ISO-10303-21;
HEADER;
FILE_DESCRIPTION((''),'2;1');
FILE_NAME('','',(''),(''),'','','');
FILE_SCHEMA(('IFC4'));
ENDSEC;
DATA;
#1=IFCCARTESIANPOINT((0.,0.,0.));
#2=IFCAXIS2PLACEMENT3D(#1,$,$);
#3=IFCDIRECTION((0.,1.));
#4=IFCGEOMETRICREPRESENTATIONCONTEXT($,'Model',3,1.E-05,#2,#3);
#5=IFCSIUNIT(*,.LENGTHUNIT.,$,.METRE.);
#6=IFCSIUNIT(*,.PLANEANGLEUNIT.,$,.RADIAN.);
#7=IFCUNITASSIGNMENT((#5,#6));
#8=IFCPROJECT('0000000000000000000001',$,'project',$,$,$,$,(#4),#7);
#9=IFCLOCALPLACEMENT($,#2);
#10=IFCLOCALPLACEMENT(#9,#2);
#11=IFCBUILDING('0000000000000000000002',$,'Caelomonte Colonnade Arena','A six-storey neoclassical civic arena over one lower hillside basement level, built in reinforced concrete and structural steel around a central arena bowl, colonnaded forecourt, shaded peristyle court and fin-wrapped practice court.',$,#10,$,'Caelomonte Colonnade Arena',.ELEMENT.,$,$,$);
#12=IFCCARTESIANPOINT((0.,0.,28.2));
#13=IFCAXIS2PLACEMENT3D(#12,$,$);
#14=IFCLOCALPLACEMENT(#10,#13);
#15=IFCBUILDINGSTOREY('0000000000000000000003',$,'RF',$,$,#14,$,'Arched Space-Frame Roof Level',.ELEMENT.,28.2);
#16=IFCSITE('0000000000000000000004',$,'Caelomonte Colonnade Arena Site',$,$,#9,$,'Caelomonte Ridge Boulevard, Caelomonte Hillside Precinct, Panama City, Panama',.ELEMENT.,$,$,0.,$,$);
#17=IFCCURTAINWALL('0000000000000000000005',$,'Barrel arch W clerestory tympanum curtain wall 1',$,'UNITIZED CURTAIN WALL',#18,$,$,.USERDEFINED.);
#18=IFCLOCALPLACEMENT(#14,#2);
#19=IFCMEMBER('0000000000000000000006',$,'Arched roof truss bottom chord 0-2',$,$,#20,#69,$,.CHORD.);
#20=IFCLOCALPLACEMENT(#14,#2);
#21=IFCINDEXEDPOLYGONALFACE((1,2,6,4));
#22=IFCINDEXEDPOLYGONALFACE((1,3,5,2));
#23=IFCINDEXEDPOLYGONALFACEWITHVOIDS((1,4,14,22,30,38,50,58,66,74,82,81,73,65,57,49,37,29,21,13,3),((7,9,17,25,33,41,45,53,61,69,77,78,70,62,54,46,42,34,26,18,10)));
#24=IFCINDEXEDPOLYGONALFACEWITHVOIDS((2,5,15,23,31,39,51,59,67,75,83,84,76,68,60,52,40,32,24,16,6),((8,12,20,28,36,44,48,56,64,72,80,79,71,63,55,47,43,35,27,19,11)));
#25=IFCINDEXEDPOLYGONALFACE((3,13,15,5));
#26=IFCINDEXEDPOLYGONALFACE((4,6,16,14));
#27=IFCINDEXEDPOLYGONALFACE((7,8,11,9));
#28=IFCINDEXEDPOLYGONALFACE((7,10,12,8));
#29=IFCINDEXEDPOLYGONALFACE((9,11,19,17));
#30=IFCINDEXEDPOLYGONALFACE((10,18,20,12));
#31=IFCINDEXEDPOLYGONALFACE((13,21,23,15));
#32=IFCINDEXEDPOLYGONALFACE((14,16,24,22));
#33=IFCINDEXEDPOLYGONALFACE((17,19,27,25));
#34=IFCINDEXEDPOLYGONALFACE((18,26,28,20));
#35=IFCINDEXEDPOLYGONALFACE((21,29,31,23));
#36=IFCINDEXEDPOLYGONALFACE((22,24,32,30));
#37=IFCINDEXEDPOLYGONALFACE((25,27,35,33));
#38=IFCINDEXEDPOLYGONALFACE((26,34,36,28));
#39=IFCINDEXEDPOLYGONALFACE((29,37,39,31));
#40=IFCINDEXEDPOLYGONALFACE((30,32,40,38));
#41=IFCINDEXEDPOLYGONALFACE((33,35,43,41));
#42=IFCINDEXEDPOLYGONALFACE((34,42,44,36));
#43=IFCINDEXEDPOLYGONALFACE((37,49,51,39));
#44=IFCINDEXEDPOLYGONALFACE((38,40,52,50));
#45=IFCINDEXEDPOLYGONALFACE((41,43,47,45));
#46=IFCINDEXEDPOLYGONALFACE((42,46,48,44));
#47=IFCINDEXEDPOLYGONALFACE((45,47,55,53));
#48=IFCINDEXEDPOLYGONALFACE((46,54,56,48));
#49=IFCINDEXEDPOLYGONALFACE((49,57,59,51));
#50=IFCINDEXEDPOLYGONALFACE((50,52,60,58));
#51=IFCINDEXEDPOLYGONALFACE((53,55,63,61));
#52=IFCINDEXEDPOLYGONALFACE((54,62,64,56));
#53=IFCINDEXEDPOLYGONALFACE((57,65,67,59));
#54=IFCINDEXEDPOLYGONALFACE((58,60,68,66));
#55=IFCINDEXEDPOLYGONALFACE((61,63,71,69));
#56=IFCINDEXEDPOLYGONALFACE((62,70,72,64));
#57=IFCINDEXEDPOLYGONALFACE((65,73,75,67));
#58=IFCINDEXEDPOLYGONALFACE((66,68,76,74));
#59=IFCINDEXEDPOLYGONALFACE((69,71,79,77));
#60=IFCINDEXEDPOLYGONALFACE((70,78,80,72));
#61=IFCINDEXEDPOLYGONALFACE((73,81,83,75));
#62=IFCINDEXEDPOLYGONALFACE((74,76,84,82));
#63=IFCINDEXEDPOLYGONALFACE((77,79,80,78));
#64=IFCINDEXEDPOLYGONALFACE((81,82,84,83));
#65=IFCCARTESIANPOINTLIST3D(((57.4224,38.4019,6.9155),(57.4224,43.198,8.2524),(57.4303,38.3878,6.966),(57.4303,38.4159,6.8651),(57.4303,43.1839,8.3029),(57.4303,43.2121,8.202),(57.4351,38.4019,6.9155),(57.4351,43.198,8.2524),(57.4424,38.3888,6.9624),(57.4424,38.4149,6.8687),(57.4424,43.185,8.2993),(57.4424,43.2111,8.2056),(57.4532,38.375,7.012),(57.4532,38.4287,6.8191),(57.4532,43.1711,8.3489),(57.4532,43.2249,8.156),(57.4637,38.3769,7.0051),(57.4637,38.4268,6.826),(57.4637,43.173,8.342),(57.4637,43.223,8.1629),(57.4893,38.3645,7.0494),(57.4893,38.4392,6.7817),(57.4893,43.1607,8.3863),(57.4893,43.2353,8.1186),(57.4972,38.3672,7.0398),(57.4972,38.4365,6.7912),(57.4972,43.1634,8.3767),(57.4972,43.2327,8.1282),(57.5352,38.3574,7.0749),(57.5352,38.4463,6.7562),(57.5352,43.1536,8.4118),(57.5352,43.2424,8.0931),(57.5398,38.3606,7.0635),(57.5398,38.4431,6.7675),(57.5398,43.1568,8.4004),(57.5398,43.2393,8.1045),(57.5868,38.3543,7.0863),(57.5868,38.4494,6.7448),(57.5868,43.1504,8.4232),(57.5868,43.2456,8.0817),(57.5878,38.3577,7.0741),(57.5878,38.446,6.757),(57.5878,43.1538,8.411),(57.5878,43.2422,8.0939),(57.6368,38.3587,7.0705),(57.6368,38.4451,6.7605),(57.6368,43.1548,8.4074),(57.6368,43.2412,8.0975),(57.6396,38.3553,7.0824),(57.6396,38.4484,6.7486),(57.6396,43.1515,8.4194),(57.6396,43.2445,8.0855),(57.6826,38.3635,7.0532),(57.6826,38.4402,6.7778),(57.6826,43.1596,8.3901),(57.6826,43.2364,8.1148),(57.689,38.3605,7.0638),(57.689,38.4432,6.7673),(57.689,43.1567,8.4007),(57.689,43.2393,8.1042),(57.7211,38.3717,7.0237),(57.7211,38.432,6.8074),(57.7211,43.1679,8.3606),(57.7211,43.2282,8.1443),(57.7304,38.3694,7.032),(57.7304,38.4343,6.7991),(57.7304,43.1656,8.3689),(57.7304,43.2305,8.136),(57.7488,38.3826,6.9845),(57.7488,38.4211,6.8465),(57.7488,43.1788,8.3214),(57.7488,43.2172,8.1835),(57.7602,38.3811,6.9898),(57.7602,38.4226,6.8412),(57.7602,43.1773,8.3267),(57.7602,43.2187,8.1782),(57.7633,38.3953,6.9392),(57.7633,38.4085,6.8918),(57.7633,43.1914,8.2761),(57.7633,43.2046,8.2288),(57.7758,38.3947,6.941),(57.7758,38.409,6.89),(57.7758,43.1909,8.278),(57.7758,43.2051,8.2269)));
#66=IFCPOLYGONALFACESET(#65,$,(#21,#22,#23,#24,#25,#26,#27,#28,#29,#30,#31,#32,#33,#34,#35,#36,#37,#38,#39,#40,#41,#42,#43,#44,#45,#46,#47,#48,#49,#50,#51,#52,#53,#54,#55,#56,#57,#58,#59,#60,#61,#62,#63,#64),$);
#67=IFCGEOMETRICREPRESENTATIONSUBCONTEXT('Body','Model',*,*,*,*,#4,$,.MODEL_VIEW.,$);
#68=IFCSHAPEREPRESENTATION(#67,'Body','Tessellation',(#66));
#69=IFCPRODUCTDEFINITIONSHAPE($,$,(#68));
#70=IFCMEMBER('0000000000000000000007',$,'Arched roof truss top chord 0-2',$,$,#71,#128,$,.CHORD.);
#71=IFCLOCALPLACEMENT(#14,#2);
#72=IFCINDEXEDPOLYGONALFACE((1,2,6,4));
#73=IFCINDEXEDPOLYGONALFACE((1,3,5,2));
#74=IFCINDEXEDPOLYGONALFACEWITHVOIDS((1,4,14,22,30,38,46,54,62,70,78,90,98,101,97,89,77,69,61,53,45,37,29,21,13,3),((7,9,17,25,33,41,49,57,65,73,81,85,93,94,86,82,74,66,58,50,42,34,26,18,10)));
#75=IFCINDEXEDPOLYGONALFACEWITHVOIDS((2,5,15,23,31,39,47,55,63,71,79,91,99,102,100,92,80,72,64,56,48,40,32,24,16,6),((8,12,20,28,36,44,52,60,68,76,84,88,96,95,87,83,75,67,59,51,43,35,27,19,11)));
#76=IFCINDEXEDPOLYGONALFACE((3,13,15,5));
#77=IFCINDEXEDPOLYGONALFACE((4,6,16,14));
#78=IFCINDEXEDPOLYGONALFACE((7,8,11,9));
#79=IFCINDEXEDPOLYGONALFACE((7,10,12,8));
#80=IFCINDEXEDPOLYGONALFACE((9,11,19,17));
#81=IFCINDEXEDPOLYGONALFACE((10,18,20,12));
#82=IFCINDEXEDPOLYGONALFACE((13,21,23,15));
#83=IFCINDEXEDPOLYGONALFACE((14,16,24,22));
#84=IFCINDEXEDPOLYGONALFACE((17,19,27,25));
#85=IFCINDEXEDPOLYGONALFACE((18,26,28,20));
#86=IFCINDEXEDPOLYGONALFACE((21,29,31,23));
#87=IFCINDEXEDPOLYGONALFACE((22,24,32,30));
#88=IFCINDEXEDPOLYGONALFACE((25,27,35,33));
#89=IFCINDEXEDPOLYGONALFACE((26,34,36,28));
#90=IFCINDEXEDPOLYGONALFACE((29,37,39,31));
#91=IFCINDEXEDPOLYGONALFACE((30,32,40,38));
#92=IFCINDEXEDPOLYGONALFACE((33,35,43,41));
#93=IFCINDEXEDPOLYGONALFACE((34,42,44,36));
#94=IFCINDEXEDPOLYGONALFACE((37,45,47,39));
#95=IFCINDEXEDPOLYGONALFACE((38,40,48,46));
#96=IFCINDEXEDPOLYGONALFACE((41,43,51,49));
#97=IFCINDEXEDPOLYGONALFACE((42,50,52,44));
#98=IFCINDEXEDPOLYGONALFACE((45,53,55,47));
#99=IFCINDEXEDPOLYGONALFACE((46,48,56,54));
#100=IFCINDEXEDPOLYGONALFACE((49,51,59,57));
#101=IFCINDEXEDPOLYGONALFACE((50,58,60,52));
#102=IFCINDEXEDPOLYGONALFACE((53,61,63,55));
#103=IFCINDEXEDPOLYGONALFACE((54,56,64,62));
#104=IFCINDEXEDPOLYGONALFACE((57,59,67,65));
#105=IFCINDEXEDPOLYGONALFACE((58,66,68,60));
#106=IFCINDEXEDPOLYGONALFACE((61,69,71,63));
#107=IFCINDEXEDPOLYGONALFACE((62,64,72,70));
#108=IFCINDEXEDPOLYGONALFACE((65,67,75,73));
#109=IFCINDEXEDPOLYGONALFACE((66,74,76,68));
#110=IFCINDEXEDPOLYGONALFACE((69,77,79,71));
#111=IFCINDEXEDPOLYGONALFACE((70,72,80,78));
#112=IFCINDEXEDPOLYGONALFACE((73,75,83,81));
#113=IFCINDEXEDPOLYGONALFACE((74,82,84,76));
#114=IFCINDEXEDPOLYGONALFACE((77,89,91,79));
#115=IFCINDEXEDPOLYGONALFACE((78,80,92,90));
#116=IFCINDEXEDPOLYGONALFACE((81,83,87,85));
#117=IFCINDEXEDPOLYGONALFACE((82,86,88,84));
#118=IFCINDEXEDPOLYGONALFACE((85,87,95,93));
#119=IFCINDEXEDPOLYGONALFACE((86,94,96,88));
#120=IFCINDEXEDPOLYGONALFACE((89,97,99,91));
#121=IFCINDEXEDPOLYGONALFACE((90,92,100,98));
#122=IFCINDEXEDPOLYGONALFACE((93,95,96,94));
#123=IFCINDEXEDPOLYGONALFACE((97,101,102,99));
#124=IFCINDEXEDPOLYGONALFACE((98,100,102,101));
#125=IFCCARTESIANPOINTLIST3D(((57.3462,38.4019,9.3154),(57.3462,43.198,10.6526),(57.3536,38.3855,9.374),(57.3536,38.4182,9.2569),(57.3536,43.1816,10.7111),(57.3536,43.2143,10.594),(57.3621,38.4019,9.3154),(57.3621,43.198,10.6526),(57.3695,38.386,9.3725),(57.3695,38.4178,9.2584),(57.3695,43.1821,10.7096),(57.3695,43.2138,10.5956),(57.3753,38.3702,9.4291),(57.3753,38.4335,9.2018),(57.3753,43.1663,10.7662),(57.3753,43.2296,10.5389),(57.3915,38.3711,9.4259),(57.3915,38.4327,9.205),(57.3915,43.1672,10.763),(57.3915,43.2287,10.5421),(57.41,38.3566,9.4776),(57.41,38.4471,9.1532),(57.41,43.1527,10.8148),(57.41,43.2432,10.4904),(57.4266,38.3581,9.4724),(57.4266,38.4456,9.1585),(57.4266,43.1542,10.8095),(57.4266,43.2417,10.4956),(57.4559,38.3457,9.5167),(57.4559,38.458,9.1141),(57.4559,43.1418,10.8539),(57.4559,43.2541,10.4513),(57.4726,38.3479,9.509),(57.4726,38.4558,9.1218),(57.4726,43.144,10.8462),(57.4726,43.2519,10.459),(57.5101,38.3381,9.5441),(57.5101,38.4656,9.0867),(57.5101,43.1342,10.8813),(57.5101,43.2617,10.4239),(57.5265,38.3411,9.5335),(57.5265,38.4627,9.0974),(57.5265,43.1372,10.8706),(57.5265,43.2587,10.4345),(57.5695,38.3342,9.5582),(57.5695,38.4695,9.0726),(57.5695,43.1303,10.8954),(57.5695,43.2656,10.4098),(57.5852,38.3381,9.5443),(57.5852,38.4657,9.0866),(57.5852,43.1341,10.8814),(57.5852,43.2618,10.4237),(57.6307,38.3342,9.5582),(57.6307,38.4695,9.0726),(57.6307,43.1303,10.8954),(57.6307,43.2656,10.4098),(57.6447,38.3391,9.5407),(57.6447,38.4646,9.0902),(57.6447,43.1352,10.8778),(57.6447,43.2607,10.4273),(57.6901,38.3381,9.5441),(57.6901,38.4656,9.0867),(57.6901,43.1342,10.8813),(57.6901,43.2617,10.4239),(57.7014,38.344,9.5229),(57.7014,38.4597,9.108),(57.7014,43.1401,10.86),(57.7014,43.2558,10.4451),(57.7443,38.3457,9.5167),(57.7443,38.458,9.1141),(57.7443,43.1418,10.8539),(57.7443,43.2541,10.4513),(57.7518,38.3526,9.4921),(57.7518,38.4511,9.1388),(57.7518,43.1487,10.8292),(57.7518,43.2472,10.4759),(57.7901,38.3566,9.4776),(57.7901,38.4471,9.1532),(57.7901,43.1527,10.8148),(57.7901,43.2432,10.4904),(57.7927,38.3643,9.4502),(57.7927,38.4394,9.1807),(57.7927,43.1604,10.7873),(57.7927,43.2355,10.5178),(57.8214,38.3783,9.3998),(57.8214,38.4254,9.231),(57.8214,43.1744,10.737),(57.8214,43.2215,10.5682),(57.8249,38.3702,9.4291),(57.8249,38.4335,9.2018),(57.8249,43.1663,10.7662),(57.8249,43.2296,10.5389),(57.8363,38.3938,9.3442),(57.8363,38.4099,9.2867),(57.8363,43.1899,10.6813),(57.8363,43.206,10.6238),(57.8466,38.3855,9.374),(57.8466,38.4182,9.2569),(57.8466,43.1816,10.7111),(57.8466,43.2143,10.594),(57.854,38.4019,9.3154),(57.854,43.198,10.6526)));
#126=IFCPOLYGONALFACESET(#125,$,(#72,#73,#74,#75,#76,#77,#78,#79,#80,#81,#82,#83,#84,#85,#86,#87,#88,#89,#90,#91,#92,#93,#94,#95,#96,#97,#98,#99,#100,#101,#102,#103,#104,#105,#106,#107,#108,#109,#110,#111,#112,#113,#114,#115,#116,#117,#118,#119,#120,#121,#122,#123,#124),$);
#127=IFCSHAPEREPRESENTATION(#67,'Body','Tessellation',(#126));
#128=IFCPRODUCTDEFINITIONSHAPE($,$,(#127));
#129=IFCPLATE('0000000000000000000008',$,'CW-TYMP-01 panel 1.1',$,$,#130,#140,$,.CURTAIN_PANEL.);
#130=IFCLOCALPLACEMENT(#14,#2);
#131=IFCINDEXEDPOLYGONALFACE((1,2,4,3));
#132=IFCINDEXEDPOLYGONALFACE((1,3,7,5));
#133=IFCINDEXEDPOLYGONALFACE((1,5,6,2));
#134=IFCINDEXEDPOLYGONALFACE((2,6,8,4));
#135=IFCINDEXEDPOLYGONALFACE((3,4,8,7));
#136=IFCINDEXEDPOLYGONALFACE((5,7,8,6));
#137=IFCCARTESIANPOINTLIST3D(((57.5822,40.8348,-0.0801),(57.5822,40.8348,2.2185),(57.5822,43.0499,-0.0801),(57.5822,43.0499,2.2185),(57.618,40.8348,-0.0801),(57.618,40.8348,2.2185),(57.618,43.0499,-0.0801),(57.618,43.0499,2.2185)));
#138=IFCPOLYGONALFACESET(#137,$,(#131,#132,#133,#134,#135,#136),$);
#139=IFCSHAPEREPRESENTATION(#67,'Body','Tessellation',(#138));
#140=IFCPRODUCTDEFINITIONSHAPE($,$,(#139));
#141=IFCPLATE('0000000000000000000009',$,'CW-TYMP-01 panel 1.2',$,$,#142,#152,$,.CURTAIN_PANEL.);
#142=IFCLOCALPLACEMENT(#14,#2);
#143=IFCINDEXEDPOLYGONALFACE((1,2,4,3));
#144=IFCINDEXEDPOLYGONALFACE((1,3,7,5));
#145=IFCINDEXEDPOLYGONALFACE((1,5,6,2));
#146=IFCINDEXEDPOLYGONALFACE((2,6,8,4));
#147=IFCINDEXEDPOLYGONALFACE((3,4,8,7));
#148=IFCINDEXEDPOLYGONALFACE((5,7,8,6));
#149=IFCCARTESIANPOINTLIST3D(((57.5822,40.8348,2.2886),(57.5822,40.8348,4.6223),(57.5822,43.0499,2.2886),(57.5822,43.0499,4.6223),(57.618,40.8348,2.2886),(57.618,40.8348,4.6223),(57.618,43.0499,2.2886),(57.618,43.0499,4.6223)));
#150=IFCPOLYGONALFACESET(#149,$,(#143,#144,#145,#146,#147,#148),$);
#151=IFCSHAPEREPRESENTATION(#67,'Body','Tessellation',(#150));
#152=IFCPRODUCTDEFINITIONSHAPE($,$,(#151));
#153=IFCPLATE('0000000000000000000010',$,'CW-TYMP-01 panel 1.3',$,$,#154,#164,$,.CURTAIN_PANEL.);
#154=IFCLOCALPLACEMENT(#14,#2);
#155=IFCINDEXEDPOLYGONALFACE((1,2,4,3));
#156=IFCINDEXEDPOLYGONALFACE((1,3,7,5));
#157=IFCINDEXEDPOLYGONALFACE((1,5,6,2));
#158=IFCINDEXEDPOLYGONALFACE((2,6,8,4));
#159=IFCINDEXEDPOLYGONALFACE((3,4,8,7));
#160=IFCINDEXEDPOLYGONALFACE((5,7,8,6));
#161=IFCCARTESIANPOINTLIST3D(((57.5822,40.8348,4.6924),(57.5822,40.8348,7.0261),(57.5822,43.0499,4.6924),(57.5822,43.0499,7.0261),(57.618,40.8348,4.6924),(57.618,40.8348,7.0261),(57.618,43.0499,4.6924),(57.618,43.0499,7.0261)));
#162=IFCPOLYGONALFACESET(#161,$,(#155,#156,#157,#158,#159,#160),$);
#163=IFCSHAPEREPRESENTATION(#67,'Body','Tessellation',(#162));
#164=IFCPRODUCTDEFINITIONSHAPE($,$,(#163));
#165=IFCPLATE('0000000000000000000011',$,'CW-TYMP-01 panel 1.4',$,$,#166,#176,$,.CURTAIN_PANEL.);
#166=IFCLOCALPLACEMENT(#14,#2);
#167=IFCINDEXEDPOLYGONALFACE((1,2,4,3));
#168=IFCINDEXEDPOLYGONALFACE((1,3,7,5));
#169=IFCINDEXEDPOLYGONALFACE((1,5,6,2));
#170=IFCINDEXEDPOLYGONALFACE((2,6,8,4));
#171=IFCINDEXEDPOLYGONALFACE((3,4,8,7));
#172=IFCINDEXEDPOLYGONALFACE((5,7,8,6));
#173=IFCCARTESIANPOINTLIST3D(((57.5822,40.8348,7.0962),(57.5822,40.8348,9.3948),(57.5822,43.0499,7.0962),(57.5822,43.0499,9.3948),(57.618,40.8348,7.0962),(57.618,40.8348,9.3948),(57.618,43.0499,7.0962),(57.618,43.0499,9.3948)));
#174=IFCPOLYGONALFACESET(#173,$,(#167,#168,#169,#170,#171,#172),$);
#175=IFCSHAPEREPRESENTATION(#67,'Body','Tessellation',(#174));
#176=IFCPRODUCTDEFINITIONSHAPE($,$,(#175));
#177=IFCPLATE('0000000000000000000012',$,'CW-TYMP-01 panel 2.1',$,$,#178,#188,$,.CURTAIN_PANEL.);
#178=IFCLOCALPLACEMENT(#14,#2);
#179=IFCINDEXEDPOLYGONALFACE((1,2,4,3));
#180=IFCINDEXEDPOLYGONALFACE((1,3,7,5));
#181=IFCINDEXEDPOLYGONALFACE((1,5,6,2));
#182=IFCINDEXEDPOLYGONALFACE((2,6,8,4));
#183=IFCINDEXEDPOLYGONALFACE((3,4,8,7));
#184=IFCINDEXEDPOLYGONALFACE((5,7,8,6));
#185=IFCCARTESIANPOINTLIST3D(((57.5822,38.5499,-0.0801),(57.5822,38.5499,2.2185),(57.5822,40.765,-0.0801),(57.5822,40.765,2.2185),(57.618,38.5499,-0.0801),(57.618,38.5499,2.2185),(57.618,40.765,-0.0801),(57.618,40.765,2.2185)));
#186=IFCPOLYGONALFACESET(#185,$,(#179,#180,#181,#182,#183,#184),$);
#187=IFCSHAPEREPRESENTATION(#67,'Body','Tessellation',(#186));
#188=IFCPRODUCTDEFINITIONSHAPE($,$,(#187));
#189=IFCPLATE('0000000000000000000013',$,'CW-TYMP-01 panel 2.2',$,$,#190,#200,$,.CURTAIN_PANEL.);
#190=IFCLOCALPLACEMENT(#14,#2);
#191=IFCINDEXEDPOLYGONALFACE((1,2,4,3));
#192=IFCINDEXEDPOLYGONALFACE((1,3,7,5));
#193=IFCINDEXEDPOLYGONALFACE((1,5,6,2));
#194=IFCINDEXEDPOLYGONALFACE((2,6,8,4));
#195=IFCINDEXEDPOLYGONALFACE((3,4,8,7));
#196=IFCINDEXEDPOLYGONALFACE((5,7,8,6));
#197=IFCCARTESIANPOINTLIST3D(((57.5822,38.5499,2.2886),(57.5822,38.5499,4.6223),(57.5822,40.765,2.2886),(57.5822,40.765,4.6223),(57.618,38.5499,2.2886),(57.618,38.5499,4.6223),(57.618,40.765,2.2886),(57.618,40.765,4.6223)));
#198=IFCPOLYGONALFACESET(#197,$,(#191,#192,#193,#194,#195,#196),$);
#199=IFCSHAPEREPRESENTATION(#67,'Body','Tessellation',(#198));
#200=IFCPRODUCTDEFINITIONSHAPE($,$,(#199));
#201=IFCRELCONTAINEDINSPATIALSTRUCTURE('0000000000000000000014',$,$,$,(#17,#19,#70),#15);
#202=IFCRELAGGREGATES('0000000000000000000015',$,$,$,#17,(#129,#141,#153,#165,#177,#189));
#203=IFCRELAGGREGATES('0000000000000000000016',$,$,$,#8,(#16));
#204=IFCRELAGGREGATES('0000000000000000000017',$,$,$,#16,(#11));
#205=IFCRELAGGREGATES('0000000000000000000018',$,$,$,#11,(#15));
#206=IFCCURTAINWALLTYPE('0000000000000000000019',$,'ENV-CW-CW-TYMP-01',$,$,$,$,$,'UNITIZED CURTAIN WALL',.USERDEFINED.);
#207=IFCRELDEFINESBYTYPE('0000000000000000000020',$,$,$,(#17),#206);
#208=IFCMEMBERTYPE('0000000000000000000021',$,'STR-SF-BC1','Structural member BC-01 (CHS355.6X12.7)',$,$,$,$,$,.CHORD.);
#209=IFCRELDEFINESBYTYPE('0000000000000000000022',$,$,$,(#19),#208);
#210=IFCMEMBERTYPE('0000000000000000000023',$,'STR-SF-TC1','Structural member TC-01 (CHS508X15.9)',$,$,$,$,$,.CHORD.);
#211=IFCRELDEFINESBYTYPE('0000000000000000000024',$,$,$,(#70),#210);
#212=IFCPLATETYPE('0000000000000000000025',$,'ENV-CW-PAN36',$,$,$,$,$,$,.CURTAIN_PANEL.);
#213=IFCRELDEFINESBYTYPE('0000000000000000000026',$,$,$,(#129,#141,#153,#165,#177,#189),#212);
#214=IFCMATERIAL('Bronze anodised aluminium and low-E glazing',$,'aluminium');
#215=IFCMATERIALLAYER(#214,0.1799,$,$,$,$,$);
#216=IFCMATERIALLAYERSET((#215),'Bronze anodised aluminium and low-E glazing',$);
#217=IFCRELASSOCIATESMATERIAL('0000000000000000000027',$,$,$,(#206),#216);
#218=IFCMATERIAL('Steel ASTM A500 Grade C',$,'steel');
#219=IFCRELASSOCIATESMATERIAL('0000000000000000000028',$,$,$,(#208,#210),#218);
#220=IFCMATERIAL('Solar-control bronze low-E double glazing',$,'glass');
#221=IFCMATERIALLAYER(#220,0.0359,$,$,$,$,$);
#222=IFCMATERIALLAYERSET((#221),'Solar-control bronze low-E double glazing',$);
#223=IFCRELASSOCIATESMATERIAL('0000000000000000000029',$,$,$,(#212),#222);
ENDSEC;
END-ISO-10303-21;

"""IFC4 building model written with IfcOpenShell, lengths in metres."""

from ifc_helpers import new_model, si_unit, direction, frame, origin, origin_2d, place, context, subcontext, project, spatial, rectangle, hollow_circle, extrude, material, layer, layer_set, material_profile, profile_set, type_object, element, aggregate, save


model = new_model("IFC4")

# Units and contexts
model_context = context("Model", 3, precision=1e-05, world=origin(), true_north=direction((0.0, 1.0)))
body_context = subcontext(model_context, "Body", "Model", "MODEL_VIEW")
ifc_project = project(units=[si_unit("LENGTHUNIT", "METRE"), si_unit("PLANEANGLEUNIT", "RADIAN")], contexts=[model_context])

# Site, building, storey
site_placement = place(None, origin())
site = spatial("IfcSite", under=ifc_project, at=site_placement, Name="Caelomonte Colonnade Arena Site", LongName="Caelomonte Ridge Boulevard, Caelomonte Hillside Precinct, Panama City, Panama", CompositionType="ELEMENT", RefElevation=0.0)
building_placement = place(site_placement, origin())
building = spatial("IfcBuilding", under=site, at=building_placement, Name="Caelomonte Colonnade Arena", Description="A six-storey neoclassical civic arena over one lower hillside basement level, built in reinforced concrete and structural steel around a central arena bowl, colonnaded forecourt, shaded peristyle court and fin-wrapped practice court.", LongName="Caelomonte Colonnade Arena", CompositionType="ELEMENT")
storey_placement = place(building_placement, frame((0.0, 0.0, 28.2)))
storey = spatial("IfcBuildingStorey", under=building, at=storey_placement, Name="RF", LongName="Arched Space-Frame Roof Level", CompositionType="ELEMENT", Elevation=28.2)

# Curtain wall
ifc_material_1 = material(Name="Bronze anodised aluminium and low-E glazing", Category="aluminium")
ifc_layer_1 = layer(ifc_material_1, 0.1799)
ifc_layer_set_1 = layer_set([ifc_layer_1], Name="Bronze anodised aluminium and low-E glazing")
curtain_wall_type_1 = type_object("IfcCurtainWallType", Name="ENV-CW-CW-TYMP-01", ElementType="UNITIZED CURTAIN WALL", PredefinedType="USERDEFINED", material=ifc_layer_set_1)
curtain_wall_1_placement = place(storey_placement, origin())
curtain_wall_1 = element("IfcCurtainWall", 1, at=curtain_wall_1_placement, inside=storey, type_object=curtain_wall_type_1, Name="Barrel arch W clerestory tympanum curtain wall 1", ObjectType="UNITIZED CURTAIN WALL", PredefinedType="USERDEFINED")

# Members
ifc_material_2 = material(Name="Steel ASTM A500 Grade C", Category="steel")
ifc_material_profile_1 = material_profile(ifc_material_2, hollow_circle(Radius=0.1777, WallThickness=0.0127, at=origin_2d()), Name="CHS355.6X12.7")
ifc_profile_set_1 = profile_set([ifc_material_profile_1], Name="Steel ASTM A500 Grade C")
member_type_1 = type_object("IfcMemberType", Name="STR-SF-BC1", Description="Structural member BC-01 (CHS355.6X12.7)", PredefinedType="CHORD", material=ifc_profile_set_1)
member_1_placement = place(storey_placement, frame((57.6001, 38.4019, 6.9155), z_axis=(0.0, 0.963277, 0.268511), x_axis=(-1.0, 0.0, 0.0)))
element("IfcMember", 2, at=member_1_placement, inside=storey, type_object=member_type_1, Name="Arched roof truss bottom chord 0-2", PredefinedType="CHORD", context=body_context, shape_type="SweptSolid", body=[
    extrude(hollow_circle(Radius=0.1777, WallThickness=0.0127, at=origin_2d()), origin(), (0.0, 0.0, 1.0), 4.979),
])
ifc_material_profile_2 = material_profile(ifc_material_2, hollow_circle(Radius=0.2539, WallThickness=0.0159, at=origin_2d()), Name="CHS508X15.9")
ifc_profile_set_2 = profile_set([ifc_material_profile_2], Name="Steel ASTM A500 Grade C")
member_type_2 = type_object("IfcMemberType", Name="STR-SF-TC1", Description="Structural member TC-01 (CHS508X15.9)", PredefinedType="CHORD", material=ifc_profile_set_2)
member_2_placement = place(storey_placement, frame((57.6001, 38.4019, 9.3154), z_axis=(0.0, 0.963264, 0.268557), x_axis=(-1.0, 0.0, 0.0)))
element("IfcMember", 3, at=member_2_placement, inside=storey, type_object=member_type_2, Name="Arched roof truss top chord 0-2", PredefinedType="CHORD", context=body_context, shape_type="SweptSolid", body=[
    extrude(hollow_circle(Radius=0.2539, WallThickness=0.0159, at=origin_2d()), origin(), (0.0, 0.0, 1.0), 4.979),
])

# Plates
ifc_material_3 = material(Name="Solar-control bronze low-E double glazing", Category="glass")
ifc_layer_2 = layer(ifc_material_3, 0.0359)
ifc_layer_set_2 = layer_set([ifc_layer_2], Name="Solar-control bronze low-E double glazing")
plate_type_1 = type_object("IfcPlateType", Name="ENV-CW-PAN36", PredefinedType="CURTAIN_PANEL", material=ifc_layer_set_2)
plate_1_placement = place(storey_placement, frame((57.6001, 41.9424, -0.0801), z_axis=(0.0, 0.0, 1.0), x_axis=(0.0, -1.0, 0.0)))
plate_1 = element("IfcPlate", 4, at=plate_1_placement, type_object=plate_type_1, Name="CW-TYMP-01 panel 1.1", PredefinedType="CURTAIN_PANEL", context=body_context, shape_type="SweptSolid", body=[
    extrude(rectangle(XDim=2.2151, YDim=0.0359, at=origin_2d()), origin(), (0.0, 0.0, 1.0), 2.2986),
])
plate_2_placement = place(storey_placement, frame((57.6001, 41.9424, 2.2886), z_axis=(0.0, 0.0, 1.0), x_axis=(0.0, -1.0, 0.0)))
plate_2 = element("IfcPlate", 5, at=plate_2_placement, type_object=plate_type_1, Name="CW-TYMP-01 panel 1.2", PredefinedType="CURTAIN_PANEL", context=body_context, shape_type="SweptSolid", body=[
    extrude(rectangle(XDim=2.2151, YDim=0.0359, at=origin_2d()), origin(), (0.0, 0.0, 1.0), 2.3337),
])
plate_3_placement = place(storey_placement, frame((57.6001, 41.9424, 4.6924), z_axis=(0.0, 0.0, 1.0), x_axis=(0.0, -1.0, 0.0)))
plate_3 = element("IfcPlate", 6, at=plate_3_placement, type_object=plate_type_1, Name="CW-TYMP-01 panel 1.3", PredefinedType="CURTAIN_PANEL", context=body_context, shape_type="SweptSolid", body=[
    extrude(rectangle(XDim=2.2151, YDim=0.0359, at=origin_2d()), origin(), (0.0, 0.0, 1.0), 2.3337),
])
plate_4_placement = place(storey_placement, frame((57.6001, 41.9424, 7.0962), z_axis=(0.0, 0.0, 1.0), x_axis=(0.0, -1.0, 0.0)))
plate_4 = element("IfcPlate", 7, at=plate_4_placement, type_object=plate_type_1, Name="CW-TYMP-01 panel 1.4", PredefinedType="CURTAIN_PANEL", context=body_context, shape_type="SweptSolid", body=[
    extrude(rectangle(XDim=2.2151, YDim=0.0359, at=origin_2d()), origin(), (0.0, 0.0, 1.0), 2.2986),
])
plate_5_placement = place(storey_placement, frame((57.6001, 39.6575, -0.0801), z_axis=(0.0, 0.0, 1.0), x_axis=(0.0, -1.0, 0.0)))
plate_5 = element("IfcPlate", 8, at=plate_5_placement, type_object=plate_type_1, Name="CW-TYMP-01 panel 2.1", PredefinedType="CURTAIN_PANEL", context=body_context, shape_type="SweptSolid", body=[
    extrude(rectangle(XDim=2.2151, YDim=0.0359, at=origin_2d()), origin(), (0.0, 0.0, 1.0), 2.2986),
])
plate_6_placement = place(storey_placement, frame((57.6001, 39.6575, 2.2886), z_axis=(0.0, 0.0, 1.0), x_axis=(0.0, -1.0, 0.0)))
plate_6 = element("IfcPlate", 9, at=plate_6_placement, type_object=plate_type_1, Name="CW-TYMP-01 panel 2.2", PredefinedType="CURTAIN_PANEL", context=body_context, shape_type="SweptSolid", body=[
    extrude(rectangle(XDim=2.2151, YDim=0.0359, at=origin_2d()), origin(), (0.0, 0.0, 1.0), 2.3337),
])
aggregate(curtain_wall_1, [plate_1, plate_2, plate_3, plate_4, plate_5, plate_6])

save(model, "model.ifc")
